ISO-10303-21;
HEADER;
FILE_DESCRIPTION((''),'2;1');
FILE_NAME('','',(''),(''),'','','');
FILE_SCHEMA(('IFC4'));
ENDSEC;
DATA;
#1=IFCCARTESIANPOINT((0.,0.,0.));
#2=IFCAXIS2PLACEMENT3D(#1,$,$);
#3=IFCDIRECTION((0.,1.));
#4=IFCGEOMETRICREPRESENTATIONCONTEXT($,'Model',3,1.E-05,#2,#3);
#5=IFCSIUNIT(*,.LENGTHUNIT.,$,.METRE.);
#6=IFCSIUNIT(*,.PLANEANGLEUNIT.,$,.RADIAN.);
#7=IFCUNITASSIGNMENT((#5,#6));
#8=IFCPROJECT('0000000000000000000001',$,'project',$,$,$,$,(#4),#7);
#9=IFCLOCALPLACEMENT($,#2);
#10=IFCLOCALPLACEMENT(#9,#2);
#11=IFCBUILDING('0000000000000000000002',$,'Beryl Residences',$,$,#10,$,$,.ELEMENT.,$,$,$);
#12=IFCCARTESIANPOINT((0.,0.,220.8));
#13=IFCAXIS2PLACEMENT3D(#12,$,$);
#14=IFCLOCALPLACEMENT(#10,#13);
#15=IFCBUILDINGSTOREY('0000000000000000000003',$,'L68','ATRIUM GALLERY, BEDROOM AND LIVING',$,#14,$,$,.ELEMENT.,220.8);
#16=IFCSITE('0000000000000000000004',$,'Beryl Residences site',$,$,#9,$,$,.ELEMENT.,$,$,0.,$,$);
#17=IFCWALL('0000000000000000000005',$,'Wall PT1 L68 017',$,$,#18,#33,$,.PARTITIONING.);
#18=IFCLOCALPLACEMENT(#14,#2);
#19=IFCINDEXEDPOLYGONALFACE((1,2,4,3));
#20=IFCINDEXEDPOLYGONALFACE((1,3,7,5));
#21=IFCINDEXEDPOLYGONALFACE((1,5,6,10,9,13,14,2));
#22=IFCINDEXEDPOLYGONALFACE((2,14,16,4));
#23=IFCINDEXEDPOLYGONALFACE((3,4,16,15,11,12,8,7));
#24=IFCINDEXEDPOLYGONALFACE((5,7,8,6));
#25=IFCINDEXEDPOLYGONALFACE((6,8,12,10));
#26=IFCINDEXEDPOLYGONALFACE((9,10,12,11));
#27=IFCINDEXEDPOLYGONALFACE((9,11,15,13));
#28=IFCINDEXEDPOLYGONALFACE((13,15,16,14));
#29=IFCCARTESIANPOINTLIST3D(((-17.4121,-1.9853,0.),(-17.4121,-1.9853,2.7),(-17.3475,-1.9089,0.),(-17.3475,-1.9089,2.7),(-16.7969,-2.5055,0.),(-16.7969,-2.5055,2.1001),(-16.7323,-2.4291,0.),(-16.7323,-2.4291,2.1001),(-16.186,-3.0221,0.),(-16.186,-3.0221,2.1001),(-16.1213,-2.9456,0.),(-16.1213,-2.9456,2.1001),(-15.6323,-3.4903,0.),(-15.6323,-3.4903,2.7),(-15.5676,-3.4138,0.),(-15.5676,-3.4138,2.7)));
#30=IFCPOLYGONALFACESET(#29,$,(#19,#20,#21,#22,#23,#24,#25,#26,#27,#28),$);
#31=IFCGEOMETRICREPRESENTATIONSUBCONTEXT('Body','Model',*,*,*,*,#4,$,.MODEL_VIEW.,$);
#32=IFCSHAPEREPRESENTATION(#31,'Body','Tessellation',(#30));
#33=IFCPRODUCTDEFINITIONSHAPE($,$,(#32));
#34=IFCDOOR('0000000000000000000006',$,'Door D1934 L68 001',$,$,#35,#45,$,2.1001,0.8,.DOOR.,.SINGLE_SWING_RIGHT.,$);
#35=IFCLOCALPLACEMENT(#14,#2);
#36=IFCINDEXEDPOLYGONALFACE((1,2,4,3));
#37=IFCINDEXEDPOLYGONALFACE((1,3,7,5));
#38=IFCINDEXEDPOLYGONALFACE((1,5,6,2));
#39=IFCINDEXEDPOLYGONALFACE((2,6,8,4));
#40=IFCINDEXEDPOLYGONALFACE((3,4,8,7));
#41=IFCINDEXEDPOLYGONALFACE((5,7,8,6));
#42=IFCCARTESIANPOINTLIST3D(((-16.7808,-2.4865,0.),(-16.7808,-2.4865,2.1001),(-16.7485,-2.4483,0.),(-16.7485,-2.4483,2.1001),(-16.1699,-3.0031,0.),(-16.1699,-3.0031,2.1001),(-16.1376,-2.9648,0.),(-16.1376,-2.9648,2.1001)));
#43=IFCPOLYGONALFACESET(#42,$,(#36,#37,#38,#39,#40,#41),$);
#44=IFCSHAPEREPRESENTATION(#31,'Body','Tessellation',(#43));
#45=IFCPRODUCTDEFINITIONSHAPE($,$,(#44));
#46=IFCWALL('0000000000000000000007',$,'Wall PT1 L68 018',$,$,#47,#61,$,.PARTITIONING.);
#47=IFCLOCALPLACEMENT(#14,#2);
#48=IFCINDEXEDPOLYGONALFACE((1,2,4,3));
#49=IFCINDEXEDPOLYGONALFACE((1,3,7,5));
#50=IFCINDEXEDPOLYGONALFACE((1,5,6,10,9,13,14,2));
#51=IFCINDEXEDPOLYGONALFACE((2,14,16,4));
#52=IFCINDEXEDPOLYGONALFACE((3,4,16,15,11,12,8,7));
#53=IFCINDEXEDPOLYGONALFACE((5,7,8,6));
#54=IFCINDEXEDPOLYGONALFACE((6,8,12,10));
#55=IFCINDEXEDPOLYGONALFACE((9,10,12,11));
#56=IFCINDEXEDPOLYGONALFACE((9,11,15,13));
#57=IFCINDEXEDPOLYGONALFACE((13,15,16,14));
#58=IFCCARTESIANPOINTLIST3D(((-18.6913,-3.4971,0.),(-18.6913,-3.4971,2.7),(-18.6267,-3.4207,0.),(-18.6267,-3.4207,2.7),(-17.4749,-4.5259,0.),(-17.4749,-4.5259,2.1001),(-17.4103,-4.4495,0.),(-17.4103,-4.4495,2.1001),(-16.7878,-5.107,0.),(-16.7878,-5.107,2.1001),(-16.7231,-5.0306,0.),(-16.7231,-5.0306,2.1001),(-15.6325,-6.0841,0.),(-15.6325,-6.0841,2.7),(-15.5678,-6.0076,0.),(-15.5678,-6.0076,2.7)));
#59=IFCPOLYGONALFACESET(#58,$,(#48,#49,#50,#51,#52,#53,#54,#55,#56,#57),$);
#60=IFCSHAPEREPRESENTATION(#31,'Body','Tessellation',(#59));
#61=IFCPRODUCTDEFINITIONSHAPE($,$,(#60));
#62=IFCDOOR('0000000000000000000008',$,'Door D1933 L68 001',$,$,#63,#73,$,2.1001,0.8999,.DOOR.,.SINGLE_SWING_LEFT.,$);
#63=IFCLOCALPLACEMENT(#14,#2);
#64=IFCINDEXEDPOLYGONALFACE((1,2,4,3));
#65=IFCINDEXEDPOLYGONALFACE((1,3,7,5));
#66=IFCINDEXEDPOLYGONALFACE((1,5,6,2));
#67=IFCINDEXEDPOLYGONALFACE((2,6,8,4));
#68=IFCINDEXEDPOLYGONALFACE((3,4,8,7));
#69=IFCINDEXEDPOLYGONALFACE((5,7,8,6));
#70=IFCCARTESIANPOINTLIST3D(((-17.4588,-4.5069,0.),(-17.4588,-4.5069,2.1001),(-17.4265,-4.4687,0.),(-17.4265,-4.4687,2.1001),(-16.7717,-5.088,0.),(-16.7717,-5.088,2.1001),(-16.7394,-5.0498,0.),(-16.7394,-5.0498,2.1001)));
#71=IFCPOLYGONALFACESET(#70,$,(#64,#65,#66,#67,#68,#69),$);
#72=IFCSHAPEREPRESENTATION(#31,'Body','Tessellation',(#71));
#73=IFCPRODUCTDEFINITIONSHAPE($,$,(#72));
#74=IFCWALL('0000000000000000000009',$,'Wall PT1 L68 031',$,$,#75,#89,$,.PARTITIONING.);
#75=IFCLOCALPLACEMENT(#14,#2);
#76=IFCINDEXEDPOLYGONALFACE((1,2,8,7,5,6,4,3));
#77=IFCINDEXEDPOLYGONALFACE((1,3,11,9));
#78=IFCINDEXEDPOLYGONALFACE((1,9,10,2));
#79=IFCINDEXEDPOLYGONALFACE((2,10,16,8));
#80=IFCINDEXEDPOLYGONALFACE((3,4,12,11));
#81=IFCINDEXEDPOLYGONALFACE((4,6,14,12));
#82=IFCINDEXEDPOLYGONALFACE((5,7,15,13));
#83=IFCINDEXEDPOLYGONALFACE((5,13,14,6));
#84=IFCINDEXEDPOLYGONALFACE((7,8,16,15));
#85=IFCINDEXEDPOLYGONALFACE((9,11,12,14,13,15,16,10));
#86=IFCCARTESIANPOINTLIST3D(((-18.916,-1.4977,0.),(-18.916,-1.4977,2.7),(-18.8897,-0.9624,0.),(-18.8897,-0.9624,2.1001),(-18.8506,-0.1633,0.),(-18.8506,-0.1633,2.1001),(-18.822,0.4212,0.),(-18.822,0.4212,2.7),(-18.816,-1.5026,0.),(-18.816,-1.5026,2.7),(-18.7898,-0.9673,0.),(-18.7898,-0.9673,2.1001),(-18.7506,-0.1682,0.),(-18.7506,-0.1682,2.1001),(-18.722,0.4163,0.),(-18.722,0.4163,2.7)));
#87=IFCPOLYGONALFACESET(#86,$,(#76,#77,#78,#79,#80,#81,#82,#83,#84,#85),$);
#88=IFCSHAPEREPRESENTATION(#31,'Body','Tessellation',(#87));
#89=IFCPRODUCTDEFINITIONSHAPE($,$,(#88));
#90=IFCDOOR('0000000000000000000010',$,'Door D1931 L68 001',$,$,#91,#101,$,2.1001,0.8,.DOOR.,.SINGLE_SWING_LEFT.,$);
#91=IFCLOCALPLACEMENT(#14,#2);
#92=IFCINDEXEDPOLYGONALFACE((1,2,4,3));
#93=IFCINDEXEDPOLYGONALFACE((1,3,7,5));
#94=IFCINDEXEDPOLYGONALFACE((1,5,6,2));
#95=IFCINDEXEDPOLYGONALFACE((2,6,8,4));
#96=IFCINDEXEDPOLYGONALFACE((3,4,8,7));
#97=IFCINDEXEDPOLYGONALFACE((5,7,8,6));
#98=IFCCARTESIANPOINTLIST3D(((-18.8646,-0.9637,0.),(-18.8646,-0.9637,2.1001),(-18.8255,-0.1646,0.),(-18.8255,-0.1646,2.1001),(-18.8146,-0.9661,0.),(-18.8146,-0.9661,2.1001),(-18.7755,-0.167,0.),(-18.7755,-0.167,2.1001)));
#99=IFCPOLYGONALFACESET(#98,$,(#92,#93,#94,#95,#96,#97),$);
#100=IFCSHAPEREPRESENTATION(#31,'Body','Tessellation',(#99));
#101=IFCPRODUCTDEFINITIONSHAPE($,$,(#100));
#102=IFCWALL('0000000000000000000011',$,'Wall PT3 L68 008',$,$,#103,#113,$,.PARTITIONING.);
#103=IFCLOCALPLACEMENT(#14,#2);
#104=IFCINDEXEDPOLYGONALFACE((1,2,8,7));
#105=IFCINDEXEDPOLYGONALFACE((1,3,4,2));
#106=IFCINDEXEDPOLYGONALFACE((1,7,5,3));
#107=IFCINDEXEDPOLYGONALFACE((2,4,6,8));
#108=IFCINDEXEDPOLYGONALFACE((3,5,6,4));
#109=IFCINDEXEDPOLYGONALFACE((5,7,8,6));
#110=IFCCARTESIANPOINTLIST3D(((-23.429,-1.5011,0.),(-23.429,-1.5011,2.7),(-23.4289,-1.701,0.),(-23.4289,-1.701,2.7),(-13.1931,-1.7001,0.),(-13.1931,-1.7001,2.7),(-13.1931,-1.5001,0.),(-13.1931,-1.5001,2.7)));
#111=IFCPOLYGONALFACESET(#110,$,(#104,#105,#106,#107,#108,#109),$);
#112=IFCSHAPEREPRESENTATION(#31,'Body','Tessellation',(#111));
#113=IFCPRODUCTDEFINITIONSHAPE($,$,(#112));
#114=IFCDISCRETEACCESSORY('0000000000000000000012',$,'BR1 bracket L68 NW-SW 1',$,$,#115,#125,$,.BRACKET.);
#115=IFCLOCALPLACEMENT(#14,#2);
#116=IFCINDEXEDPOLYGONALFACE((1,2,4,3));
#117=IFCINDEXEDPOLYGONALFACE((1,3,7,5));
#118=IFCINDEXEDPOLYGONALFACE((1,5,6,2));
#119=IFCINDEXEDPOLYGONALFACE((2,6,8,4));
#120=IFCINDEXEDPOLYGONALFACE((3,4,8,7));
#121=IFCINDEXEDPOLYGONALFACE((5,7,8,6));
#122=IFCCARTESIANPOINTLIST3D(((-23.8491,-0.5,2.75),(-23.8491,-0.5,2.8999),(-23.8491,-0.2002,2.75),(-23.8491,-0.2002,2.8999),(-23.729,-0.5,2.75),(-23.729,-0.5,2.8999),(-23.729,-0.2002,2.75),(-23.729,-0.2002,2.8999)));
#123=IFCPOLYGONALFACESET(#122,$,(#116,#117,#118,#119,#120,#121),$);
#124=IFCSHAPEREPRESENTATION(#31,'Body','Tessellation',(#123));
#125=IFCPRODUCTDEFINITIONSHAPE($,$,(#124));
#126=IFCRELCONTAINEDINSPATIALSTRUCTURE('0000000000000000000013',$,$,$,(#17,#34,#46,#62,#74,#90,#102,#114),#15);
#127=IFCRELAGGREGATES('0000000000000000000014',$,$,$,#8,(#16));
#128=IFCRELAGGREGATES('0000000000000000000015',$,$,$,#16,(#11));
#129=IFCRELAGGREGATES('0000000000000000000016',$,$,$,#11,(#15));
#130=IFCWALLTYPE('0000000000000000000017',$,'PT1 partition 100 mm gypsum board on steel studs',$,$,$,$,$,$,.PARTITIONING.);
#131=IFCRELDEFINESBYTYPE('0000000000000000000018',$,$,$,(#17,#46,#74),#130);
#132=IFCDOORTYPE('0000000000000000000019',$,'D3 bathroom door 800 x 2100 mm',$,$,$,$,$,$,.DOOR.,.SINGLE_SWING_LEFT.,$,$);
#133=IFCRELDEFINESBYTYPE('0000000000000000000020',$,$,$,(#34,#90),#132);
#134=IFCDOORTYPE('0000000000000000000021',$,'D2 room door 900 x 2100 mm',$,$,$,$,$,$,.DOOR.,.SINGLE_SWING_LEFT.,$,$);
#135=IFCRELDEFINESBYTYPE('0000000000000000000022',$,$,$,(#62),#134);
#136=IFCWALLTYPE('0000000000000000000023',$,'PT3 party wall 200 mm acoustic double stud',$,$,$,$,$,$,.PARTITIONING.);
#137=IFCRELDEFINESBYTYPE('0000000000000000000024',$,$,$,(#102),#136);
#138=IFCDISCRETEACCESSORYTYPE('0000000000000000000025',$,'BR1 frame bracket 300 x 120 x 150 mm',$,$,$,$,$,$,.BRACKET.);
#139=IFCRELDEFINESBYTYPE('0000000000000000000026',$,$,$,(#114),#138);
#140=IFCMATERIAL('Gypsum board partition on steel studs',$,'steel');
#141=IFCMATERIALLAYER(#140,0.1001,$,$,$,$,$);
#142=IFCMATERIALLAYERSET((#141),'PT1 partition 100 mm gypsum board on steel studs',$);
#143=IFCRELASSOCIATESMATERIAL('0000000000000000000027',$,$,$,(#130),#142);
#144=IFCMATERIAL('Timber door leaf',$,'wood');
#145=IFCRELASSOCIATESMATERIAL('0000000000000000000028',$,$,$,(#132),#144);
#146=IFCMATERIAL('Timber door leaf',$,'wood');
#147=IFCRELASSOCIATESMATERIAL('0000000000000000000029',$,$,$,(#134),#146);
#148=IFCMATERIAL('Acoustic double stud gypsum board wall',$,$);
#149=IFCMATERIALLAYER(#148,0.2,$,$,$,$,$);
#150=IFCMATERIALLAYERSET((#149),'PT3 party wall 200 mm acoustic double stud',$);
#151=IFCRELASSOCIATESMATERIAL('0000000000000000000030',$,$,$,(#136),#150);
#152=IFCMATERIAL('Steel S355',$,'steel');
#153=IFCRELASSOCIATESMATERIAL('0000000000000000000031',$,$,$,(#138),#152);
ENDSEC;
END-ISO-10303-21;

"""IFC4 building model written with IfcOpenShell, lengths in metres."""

from ifc_helpers import new_model, si_unit, direction, frame, frame_2d, origin, place, context, subcontext, project, spatial, polyline, rectangle, outline, extrude, source, transform, mapped, material, layer, layer_set, type_object, type_shapes, element, fill, save


model = new_model("IFC4")

# Units and contexts
model_context = context("Model", 3, precision=1e-05, world=origin(), true_north=direction((0.0, 1.0)))
body_context = subcontext(model_context, "Body", "Model", "MODEL_VIEW")
ifc_project = project(units=[si_unit("LENGTHUNIT", "METRE"), si_unit("PLANEANGLEUNIT", "RADIAN")], contexts=[model_context])

# Site, building, storey
site_placement = place(None, origin())
site = spatial("IfcSite", under=ifc_project, at=site_placement, Name="Beryl Residences site", CompositionType="ELEMENT", RefElevation=0.0)
building_placement = place(site_placement, origin())
building = spatial("IfcBuilding", under=site, at=building_placement, Name="Beryl Residences", CompositionType="ELEMENT")
storey_placement = place(building_placement, frame((0.0, 0.0, 220.8)))
storey = spatial("IfcBuildingStorey", under=building, at=storey_placement, Name="L68", Description="ATRIUM GALLERY, BEDROOM AND LIVING", CompositionType="ELEMENT", Elevation=220.8)

# Walls, openings, doors
ifc_material_1 = material(Name="Gypsum board partition on steel studs", Category="steel")
ifc_layer_1 = layer(ifc_material_1, 0.1001)
ifc_layer_set_1 = layer_set([ifc_layer_1], Name="PT1 partition 100 mm gypsum board on steel studs")
wall_type_1 = type_object("IfcWallType", Name="PT1 partition 100 mm gypsum board on steel studs", PredefinedType="PARTITIONING", material=ifc_layer_set_1)
wall_1_placement = place(storey_placement, frame((-17.3799, -1.947, 0.0), z_axis=(0.0, 0.0, 1.0), x_axis=(0.763617, -0.64567, 0.0)))
wall_1 = element("IfcWall", 1, at=wall_1_placement, inside=storey, type_object=wall_type_1, Name="Wall PT1 L68 017", PredefinedType="PARTITIONING", context=body_context, shape_type="SweptSolid", body=[
    extrude(rectangle(XDim=2.3308, YDim=0.1001, at=frame_2d((1.1655, 0.0))), origin(), (0.0, 0.0, 1.0), 2.7),
])
opening_1_placement = place(wall_1_placement, frame((0.8059, 0.0, 0.0)))
opening_1 = element("IfcOpeningElement", 2, at=opening_1_placement, cuts=wall_1, PredefinedType="OPENING", context=body_context, shape_type="SweptSolid", body=[
    extrude(rectangle(XDim=0.8, YDim=2.1001, at=frame_2d((0.3999, 1.05))), frame((0.0, 0.0601, 0.0), z_axis=(0.0, -1.0, 0.0), x_axis=(1.0, 0.0, 0.0)), (0.0, 0.0, 1.0), 0.1201),
])
ifc_material_2 = material(Name="Timber door leaf", Category="wood")
door_type_1 = type_object("IfcDoorType", Name="D3 bathroom door 800 x 2100 mm", OperationType="SINGLE_SWING_LEFT", PredefinedType="DOOR", material=ifc_material_2)
door_1_placement = place(opening_1_placement, origin())
door_1 = element("IfcDoor", 3, at=door_1_placement, inside=storey, type_object=door_type_1, Name="Door D1934 L68 001", OperationType="SINGLE_SWING_RIGHT", OverallHeight=2.1001, OverallWidth=0.8, PredefinedType="DOOR", context=body_context, shape_type="SweptSolid", body=[
    extrude(rectangle(XDim=0.8, YDim=2.1001, at=frame_2d((0.3999, 1.05))), frame((0.0, 0.0249, 0.0), z_axis=(0.0, -1.0, 0.0), x_axis=(1.0, 0.0, 0.0)), (0.0, 0.0, 1.0), 0.05),
])
fill(opening_1, door_1)
wall_2_placement = place(storey_placement, frame((-18.6589, -3.459, 0.0), z_axis=(0.0, 0.0, 1.0), x_axis=(0.76355, -0.645748, 0.0)))
wall_2 = element("IfcWall", 4, at=wall_2_placement, inside=storey, type_object=wall_type_1, Name="Wall PT1 L68 018", PredefinedType="PARTITIONING", context=body_context, shape_type="SweptSolid", body=[
    extrude(rectangle(XDim=4.0061, YDim=0.1001, at=frame_2d((2.0029, 0.0))), origin(), (0.0, 0.0, 1.0), 2.7),
])
opening_2_placement = place(wall_2_placement, frame((1.593, 0.0, 0.0)))
opening_2 = element("IfcOpeningElement", 5, at=opening_2_placement, cuts=wall_2, PredefinedType="OPENING", context=body_context, shape_type="SweptSolid", body=[
    extrude(rectangle(XDim=0.8999, YDim=2.1001, at=frame_2d((0.45, 1.05))), frame((0.0, 0.0601, 0.0), z_axis=(0.0, -1.0, 0.0), x_axis=(1.0, 0.0, 0.0)), (0.0, 0.0, 1.0), 0.1201),
])
ifc_material_3 = material(Name="Timber door leaf", Category="wood")
door_type_2 = type_object("IfcDoorType", Name="D2 room door 900 x 2100 mm", OperationType="SINGLE_SWING_LEFT", PredefinedType="DOOR", material=ifc_material_3)
door_2_placement = place(opening_2_placement, origin())
door_2 = element("IfcDoor", 6, at=door_2_placement, inside=storey, type_object=door_type_2, Name="Door D1933 L68 001", OperationType="SINGLE_SWING_LEFT", OverallHeight=2.1001, OverallWidth=0.8999, PredefinedType="DOOR", context=body_context, shape_type="SweptSolid", body=[
    extrude(rectangle(XDim=0.8999, YDim=2.1001, at=frame_2d((0.45, 1.05))), frame((0.0, 0.0249, 0.0), z_axis=(0.0, -1.0, 0.0), x_axis=(1.0, 0.0, 0.0)), (0.0, 0.0, 1.0), 0.05),
])
fill(opening_2, door_2)
wall_3_placement = place(storey_placement, frame((-18.866, -1.5, 0.0), z_axis=(0.0, 0.0, 1.0), x_axis=(0.048924, 0.998803, 0.0)))
wall_3 = element("IfcWall", 7, at=wall_3_placement, inside=storey, type_object=wall_type_1, Name="Wall PT1 L68 031", PredefinedType="PARTITIONING", context=body_context, shape_type="SweptSolid", body=[
    extrude(rectangle(XDim=1.9211, YDim=0.1001, at=frame_2d((0.9604, 0.0))), origin(), (0.0, 0.0, 1.0), 2.7),
])
opening_3_placement = place(wall_3_placement, frame((0.5359, 0.0, 0.0)))
opening_3 = element("IfcOpeningElement", 8, at=opening_3_placement, cuts=wall_3, PredefinedType="OPENING", context=body_context, shape_type="SweptSolid", body=[
    extrude(rectangle(XDim=0.8, YDim=2.1001, at=frame_2d((0.3999, 1.05))), frame((0.0, 0.0601, 0.0), z_axis=(0.0, -1.0, 0.0), x_axis=(1.0, 0.0, 0.0)), (0.0, 0.0, 1.0), 0.1201),
])
door_3_placement = place(opening_3_placement, origin())
door_3 = element("IfcDoor", 9, at=door_3_placement, inside=storey, type_object=door_type_1, Name="Door D1931 L68 001", OperationType="SINGLE_SWING_LEFT", OverallHeight=2.1001, OverallWidth=0.8, PredefinedType="DOOR", context=body_context, shape_type="SweptSolid", body=[
    extrude(rectangle(XDim=0.8, YDim=2.1001, at=frame_2d((0.3999, 1.05))), frame((0.0, 0.0249, 0.0), z_axis=(0.0, -1.0, 0.0), x_axis=(1.0, 0.0, 0.0)), (0.0, 0.0, 1.0), 0.05),
])
fill(opening_3, door_3)

# Wall
ifc_material_4 = material(Name="Acoustic double stud gypsum board wall")
ifc_layer_2 = layer(ifc_material_4, 0.2)
ifc_layer_set_2 = layer_set([ifc_layer_2], Name="PT3 party wall 200 mm acoustic double stud")
wall_type_2 = type_object("IfcWallType", Name="PT3 party wall 200 mm acoustic double stud", PredefinedType="PARTITIONING", material=ifc_layer_set_2)
wall_4_placement = place(storey_placement, frame((-23.429, -1.6011, 0.0), z_axis=(0.0, 0.0, 1.0), x_axis=(1.0, 0.000095, 0.0)))
element("IfcWall", 10, at=wall_4_placement, inside=storey, type_object=wall_type_2, Name="Wall PT3 L68 008", PredefinedType="PARTITIONING", context=body_context, shape_type="SweptSolid", body=[
    extrude(rectangle(XDim=10.2358, YDim=0.2, at=frame_2d((5.1179, 0.0))), origin(), (0.0, 0.0, 1.0), 2.7),
])

# Discrete accessory
ifc_material_5 = material(Name="Steel S355", Category="steel")
discrete_accessory_type = type_object("IfcDiscreteAccessoryType", Name="BR1 frame bracket 300 x 120 x 150 mm", PredefinedType="BRACKET", material=ifc_material_5)
shared_shape_1 = source(origin(), body_context, "Body", "SweptSolid", [
    extrude(outline(polyline([(-0.1499, 0.0), (0.1499, 0.0), (0.1499, 0.1201), (-0.1499, 0.1201), (-0.1499, 0.0)])), origin(), (0.0, 0.0, 1.0), 0.1499),
])
type_shapes(discrete_accessory_type, [shared_shape_1])
discrete_accessory_placement = place(storey_placement, frame((-23.729, -0.3501, 2.75), z_axis=(0.0, 0.0, 1.0), x_axis=(0.0, 1.0, 0.0)))
element("IfcDiscreteAccessory", 11, at=discrete_accessory_placement, inside=storey, type_object=discrete_accessory_type, Name="BR1 bracket L68 NW-SW 1", PredefinedType="BRACKET", context=body_context, shape_type="MappedRepresentation", body=[
    mapped(shared_shape_1, transform((0.0, 0.0, 0.0))),
])

save(model, "model.ifc")
